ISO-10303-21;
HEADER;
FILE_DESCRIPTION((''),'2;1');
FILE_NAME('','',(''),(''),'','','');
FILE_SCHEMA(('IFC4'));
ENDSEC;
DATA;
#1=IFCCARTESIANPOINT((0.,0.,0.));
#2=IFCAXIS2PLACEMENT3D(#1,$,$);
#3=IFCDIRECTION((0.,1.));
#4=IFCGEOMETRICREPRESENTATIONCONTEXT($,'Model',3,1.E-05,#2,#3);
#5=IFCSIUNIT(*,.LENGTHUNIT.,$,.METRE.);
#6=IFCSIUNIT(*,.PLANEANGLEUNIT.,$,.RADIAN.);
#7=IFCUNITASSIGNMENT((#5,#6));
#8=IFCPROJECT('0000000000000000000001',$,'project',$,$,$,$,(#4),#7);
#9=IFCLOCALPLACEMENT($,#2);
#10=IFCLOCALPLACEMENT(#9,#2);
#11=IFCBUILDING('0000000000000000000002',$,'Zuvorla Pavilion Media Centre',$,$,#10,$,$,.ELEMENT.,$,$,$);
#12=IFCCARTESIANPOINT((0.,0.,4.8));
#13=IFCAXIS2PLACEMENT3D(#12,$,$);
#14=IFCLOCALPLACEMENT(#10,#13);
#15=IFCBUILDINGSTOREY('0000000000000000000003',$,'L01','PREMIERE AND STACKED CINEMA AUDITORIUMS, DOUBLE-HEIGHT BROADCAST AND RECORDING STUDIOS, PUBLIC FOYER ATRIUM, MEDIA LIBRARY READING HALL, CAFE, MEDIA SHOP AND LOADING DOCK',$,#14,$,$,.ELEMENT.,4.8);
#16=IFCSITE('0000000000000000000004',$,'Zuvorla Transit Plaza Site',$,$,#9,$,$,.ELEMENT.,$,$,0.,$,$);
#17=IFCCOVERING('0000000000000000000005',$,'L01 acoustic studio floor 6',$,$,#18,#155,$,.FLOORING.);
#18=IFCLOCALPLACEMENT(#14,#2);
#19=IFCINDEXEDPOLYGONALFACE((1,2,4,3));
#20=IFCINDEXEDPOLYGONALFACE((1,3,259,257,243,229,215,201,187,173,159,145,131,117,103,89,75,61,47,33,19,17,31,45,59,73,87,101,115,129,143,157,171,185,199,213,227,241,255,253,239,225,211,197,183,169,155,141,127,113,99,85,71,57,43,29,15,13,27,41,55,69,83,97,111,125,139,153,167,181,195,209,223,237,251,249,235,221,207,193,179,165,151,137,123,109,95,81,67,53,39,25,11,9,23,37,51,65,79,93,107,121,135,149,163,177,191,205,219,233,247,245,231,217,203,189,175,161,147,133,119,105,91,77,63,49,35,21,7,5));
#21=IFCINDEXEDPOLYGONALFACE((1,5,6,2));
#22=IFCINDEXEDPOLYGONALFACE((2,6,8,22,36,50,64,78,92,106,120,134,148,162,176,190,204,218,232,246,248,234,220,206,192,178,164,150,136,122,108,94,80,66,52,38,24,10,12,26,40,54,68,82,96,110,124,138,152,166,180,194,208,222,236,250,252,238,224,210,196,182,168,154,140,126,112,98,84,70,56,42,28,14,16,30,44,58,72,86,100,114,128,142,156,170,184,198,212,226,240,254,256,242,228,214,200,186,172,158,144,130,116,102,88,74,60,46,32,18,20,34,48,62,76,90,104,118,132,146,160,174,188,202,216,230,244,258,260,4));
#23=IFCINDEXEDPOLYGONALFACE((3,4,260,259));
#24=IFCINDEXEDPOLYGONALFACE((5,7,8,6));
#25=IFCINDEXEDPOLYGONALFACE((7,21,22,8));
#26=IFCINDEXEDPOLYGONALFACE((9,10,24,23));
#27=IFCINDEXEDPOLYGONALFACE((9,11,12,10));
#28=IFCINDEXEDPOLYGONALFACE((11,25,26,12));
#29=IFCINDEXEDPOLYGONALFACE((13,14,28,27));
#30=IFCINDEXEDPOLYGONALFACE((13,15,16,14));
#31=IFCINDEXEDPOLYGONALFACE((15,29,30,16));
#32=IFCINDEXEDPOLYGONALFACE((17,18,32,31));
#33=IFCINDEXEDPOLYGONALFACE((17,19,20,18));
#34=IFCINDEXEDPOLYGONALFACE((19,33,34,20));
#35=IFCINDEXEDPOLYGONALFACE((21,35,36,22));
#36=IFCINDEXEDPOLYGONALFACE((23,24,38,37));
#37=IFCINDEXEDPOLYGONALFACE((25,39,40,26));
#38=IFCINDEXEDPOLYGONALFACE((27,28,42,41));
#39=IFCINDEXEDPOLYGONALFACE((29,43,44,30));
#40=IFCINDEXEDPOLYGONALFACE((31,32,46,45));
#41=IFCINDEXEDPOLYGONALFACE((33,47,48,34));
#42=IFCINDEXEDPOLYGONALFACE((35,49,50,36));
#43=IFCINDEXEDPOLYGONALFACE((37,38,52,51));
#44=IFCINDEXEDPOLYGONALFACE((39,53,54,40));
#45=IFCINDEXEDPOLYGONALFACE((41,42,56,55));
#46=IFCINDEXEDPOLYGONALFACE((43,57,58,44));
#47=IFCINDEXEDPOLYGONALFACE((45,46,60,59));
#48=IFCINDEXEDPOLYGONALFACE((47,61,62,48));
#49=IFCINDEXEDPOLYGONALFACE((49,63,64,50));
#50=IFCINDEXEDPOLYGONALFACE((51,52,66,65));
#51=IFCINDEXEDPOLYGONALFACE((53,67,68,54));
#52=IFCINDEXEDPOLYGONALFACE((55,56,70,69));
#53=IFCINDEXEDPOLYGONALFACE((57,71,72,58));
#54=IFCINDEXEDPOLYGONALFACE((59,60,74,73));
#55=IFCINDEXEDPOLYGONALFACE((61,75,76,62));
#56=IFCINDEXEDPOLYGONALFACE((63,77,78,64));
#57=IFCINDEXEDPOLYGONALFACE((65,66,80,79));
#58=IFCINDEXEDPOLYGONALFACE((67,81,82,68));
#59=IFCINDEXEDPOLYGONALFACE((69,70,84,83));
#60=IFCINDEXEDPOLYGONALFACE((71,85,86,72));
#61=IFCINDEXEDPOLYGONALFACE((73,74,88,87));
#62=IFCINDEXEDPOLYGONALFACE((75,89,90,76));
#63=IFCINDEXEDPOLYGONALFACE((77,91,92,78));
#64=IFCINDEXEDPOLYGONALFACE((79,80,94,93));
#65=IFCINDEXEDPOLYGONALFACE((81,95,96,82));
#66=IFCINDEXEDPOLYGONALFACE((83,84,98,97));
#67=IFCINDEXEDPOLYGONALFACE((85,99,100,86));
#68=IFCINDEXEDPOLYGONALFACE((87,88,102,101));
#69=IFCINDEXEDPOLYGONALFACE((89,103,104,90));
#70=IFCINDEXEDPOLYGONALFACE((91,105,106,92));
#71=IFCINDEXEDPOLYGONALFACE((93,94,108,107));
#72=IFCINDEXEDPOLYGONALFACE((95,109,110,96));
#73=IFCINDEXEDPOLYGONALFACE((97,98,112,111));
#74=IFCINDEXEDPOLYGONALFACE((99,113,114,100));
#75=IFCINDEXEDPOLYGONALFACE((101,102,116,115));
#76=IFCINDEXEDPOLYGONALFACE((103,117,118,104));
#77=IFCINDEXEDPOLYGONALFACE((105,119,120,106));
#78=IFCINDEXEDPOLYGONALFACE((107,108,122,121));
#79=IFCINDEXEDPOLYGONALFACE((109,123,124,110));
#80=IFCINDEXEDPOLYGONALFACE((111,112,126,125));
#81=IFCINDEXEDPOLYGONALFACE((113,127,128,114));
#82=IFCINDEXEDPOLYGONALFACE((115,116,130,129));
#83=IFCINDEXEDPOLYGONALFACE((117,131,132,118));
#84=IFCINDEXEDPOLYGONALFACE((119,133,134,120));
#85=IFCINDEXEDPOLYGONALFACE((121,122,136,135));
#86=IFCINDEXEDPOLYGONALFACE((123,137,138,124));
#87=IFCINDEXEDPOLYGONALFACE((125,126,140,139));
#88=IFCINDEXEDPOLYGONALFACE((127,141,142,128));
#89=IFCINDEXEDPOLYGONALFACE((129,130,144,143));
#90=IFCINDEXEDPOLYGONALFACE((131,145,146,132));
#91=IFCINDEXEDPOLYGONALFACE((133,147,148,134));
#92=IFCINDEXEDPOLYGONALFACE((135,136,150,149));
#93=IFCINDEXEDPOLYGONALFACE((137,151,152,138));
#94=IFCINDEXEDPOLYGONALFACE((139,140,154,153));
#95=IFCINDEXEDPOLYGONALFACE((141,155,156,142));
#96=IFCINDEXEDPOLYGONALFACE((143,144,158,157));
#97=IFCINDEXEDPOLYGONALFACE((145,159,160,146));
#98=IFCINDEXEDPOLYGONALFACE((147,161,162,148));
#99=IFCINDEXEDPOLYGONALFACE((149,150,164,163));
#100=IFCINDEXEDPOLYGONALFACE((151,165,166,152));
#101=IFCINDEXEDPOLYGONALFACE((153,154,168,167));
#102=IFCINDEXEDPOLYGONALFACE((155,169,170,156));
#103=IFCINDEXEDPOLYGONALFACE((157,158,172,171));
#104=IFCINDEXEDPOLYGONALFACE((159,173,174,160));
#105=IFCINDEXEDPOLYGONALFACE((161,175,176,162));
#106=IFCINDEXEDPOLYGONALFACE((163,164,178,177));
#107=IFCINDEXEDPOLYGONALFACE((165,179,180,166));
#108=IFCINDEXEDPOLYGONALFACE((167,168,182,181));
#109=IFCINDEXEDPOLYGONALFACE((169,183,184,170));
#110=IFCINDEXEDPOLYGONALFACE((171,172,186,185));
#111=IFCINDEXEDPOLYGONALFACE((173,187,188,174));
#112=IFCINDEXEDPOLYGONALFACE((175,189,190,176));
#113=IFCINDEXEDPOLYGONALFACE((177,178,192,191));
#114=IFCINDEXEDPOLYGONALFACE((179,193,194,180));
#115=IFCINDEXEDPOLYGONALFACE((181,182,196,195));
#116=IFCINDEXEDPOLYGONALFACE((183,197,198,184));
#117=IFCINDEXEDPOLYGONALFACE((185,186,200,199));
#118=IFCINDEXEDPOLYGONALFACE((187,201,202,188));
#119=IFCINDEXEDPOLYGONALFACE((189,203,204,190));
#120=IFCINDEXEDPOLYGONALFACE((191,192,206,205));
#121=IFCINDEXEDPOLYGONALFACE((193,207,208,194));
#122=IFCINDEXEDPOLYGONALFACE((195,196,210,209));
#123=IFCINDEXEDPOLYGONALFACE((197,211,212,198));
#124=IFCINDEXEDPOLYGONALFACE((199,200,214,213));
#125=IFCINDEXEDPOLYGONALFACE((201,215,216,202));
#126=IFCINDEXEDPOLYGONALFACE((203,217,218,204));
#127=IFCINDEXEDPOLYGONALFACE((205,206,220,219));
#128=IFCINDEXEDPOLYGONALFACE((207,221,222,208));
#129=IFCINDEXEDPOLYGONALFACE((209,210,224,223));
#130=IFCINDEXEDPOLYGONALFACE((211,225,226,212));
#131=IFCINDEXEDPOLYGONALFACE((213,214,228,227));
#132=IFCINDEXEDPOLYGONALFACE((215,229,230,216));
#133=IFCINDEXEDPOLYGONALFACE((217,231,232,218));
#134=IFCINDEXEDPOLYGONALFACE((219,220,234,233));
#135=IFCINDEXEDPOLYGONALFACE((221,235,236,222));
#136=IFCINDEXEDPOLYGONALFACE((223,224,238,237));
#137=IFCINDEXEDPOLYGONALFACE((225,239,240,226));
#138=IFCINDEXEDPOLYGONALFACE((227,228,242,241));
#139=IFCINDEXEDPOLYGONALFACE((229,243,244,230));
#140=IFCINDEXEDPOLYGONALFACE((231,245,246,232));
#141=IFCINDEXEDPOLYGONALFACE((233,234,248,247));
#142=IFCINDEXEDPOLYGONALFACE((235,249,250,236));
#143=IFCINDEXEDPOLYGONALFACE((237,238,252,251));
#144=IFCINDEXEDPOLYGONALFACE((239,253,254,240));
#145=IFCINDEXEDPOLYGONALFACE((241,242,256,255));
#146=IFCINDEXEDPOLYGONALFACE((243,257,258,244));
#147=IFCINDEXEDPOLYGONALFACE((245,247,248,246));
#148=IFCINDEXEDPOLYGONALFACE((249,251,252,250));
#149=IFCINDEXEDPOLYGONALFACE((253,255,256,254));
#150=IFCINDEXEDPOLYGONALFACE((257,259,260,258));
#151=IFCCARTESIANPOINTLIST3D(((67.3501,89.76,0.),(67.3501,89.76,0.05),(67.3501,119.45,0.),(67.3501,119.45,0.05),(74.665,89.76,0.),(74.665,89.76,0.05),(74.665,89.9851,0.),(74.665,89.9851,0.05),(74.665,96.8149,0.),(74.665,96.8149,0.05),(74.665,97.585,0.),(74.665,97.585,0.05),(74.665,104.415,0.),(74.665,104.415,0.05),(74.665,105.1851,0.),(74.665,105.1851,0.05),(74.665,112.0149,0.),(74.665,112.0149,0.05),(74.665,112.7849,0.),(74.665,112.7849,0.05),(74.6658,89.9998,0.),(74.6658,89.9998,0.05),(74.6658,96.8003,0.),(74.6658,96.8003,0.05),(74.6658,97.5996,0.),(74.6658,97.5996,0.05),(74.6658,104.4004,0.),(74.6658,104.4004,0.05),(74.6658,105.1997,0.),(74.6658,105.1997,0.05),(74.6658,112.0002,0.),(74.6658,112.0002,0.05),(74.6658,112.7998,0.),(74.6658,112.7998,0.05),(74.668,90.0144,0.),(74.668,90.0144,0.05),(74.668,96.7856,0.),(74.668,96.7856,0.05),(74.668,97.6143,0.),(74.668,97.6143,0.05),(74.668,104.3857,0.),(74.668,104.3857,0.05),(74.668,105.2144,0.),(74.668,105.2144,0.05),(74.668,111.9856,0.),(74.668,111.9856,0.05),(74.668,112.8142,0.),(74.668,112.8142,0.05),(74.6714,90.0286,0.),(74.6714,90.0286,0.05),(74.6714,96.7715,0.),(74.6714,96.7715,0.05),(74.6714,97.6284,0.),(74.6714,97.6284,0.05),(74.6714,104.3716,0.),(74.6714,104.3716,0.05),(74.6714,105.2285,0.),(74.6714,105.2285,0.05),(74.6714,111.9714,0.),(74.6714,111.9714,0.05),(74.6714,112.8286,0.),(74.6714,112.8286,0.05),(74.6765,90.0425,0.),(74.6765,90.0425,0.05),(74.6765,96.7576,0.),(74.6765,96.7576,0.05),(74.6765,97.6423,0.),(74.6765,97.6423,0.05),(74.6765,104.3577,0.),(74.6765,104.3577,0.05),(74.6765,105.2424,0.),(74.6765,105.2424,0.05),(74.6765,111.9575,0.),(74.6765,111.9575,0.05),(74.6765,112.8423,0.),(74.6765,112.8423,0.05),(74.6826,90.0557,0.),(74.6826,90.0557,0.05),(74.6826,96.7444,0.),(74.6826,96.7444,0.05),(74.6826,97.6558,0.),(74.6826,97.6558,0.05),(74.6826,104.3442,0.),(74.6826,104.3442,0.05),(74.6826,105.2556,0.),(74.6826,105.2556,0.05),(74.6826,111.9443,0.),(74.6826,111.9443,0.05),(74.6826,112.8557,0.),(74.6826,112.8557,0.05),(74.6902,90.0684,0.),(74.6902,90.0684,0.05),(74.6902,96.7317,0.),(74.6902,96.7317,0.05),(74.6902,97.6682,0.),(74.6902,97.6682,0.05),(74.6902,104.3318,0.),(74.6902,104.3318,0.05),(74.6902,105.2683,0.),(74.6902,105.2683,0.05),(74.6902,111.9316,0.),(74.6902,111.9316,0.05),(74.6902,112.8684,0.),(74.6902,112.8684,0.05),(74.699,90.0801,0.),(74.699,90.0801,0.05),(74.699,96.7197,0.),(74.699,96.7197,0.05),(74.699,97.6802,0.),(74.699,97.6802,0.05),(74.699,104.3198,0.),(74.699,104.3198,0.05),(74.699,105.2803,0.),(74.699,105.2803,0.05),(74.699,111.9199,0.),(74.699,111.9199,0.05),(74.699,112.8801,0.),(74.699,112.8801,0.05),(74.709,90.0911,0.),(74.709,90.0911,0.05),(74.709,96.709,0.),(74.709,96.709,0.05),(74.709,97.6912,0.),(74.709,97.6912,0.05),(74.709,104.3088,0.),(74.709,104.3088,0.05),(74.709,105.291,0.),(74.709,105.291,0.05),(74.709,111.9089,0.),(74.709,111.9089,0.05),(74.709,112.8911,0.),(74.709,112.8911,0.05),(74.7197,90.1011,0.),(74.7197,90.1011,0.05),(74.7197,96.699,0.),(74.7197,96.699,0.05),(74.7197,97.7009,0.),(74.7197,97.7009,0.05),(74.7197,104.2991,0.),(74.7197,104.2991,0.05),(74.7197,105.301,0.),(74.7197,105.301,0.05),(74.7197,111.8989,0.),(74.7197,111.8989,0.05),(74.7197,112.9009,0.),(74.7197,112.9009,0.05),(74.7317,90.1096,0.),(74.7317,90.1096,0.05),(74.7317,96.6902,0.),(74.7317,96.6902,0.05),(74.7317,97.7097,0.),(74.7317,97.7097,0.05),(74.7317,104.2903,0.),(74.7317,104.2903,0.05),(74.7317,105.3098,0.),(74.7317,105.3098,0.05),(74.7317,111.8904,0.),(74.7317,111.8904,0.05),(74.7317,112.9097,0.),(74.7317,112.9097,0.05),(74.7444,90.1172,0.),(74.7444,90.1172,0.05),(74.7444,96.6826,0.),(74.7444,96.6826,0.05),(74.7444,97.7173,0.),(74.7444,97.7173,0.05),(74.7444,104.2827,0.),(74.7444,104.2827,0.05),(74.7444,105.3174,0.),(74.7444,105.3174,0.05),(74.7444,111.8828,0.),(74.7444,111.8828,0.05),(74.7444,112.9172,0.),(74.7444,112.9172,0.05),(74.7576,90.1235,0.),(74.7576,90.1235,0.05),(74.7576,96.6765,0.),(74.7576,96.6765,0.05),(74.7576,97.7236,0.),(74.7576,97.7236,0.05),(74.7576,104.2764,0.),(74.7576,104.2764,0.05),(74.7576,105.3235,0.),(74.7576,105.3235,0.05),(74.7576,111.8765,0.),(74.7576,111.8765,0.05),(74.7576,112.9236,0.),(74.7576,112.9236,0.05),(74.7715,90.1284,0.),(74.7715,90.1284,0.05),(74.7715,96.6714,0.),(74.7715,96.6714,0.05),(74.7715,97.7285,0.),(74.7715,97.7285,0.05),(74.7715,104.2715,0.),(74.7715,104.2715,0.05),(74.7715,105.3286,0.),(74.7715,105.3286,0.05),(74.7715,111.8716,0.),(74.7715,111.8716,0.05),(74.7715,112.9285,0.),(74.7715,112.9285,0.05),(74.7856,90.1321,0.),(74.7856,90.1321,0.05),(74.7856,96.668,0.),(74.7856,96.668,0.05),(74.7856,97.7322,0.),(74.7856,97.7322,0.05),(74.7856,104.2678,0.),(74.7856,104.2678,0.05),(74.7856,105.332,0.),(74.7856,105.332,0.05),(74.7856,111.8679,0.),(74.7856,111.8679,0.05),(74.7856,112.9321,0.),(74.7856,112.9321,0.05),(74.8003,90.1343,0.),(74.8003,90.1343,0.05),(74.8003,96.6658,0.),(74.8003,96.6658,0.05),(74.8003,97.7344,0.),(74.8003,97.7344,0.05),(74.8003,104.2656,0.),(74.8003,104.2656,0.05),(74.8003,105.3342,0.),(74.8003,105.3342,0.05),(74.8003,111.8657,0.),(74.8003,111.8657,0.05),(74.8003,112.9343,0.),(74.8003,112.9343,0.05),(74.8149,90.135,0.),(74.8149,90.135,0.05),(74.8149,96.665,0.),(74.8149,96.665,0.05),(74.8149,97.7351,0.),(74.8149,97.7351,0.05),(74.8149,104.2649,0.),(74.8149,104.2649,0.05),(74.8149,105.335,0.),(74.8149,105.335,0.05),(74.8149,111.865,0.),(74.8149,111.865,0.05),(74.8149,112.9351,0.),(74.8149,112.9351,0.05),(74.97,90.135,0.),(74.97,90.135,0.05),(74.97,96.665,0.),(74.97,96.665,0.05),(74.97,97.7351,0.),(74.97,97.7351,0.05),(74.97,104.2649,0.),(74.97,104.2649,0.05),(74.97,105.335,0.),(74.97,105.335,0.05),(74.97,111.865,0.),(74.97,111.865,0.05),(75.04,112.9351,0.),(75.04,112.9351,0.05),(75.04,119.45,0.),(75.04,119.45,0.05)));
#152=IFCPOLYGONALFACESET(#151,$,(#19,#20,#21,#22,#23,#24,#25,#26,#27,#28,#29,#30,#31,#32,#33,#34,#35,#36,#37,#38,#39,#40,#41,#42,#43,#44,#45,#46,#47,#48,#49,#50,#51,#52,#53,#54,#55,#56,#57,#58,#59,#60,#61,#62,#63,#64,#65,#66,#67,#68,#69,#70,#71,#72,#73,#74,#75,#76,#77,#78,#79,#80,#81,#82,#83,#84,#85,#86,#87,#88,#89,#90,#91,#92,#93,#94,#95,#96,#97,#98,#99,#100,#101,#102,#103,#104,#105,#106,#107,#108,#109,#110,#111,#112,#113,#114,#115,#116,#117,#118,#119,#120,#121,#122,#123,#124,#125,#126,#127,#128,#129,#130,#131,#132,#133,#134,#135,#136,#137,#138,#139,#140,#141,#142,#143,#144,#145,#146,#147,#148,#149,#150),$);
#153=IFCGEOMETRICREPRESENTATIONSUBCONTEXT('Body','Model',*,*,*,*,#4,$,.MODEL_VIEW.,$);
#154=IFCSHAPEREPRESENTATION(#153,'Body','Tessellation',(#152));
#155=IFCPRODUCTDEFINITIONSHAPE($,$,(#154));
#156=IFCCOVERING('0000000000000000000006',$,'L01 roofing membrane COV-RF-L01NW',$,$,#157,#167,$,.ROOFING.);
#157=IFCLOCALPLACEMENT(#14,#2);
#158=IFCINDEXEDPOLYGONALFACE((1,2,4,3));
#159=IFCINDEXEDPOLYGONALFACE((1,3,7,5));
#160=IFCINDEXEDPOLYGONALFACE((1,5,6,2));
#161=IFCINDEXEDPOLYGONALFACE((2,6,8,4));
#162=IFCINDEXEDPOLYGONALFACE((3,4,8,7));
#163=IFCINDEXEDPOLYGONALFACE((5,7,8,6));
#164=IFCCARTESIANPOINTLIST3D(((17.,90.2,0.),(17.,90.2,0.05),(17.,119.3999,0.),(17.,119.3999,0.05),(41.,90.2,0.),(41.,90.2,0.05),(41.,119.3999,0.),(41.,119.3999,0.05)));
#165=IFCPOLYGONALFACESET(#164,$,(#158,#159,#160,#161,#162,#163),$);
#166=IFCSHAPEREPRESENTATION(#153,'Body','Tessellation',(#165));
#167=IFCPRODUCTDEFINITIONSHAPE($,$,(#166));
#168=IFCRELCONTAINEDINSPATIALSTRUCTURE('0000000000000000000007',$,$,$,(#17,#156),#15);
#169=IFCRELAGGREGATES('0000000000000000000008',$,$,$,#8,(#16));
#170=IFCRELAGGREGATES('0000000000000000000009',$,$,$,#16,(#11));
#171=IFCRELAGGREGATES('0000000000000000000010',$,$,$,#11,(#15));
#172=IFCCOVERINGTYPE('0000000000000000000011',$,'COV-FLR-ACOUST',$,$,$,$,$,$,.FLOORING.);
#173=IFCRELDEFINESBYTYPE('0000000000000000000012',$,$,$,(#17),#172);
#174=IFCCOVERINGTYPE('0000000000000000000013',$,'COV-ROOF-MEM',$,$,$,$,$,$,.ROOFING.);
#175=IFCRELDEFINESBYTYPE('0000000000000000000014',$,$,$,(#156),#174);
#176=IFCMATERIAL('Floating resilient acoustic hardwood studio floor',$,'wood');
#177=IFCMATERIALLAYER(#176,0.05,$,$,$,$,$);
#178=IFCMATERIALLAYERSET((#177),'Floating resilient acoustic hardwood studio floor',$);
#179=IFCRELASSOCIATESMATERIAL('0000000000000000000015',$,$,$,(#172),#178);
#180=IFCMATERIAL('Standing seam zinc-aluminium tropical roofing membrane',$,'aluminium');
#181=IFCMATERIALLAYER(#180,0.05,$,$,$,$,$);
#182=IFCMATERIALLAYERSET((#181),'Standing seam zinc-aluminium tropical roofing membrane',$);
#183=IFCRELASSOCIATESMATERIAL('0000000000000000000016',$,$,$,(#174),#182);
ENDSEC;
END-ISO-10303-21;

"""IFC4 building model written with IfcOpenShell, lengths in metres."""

from ifc_helpers import new_model, si_unit, direction, frame, origin, place, context, subcontext, project, spatial, polyline, outline, extrude, material, layer, layer_set, type_object, element, save


model = new_model("IFC4")

# Units and contexts
model_context = context("Model", 3, precision=1e-05, world=origin(), true_north=direction((0.0, 1.0)))
body_context = subcontext(model_context, "Body", "Model", "MODEL_VIEW")
ifc_project = project(units=[si_unit("LENGTHUNIT", "METRE"), si_unit("PLANEANGLEUNIT", "RADIAN")], contexts=[model_context])

# Site, building, storey
site_placement = place(None, origin())
site = spatial("IfcSite", under=ifc_project, at=site_placement, Name="Zuvorla Transit Plaza Site", CompositionType="ELEMENT", RefElevation=0.0)
building_placement = place(site_placement, origin())
building = spatial("IfcBuilding", under=site, at=building_placement, Name="Zuvorla Pavilion Media Centre", CompositionType="ELEMENT")
storey_placement = place(building_placement, frame((0.0, 0.0, 4.8)))
storey = spatial("IfcBuildingStorey", under=building, at=storey_placement, Name="L01", Description="PREMIERE AND STACKED CINEMA AUDITORIUMS, DOUBLE-HEIGHT BROADCAST AND RECORDING STUDIOS, PUBLIC FOYER ATRIUM, MEDIA LIBRARY READING HALL, CAFE, MEDIA SHOP AND LOADING DOCK", CompositionType="ELEMENT", Elevation=4.8)

# Coverings
ifc_material_1 = material(Name="Floating resilient acoustic hardwood studio floor", Category="wood")
ifc_layer_1 = layer(ifc_material_1, 0.05)
ifc_layer_set_1 = layer_set([ifc_layer_1], Name="Floating resilient acoustic hardwood studio floor")
covering_type_1 = type_object("IfcCoveringType", Name="COV-FLR-ACOUST", PredefinedType="FLOORING", material=ifc_layer_set_1)
covering_1_placement = place(storey_placement, origin())
element("IfcCovering", 1, at=covering_1_placement, inside=storey, type_object=covering_type_1, Name="L01 acoustic studio floor 6", PredefinedType="FLOORING", context=body_context, shape_type="SweptSolid", body=[
    extrude(outline(polyline([(75.04, 119.45), (75.04, 112.9351), (74.8149, 112.9351), (74.8003, 112.9343), (74.7856, 112.9321), (74.7715, 112.9285), (74.7576, 112.9236), (74.7444, 112.9172), (74.7317, 112.9097), (74.7197, 112.9009), (74.709, 112.8911), (74.699, 112.8801), (74.6902, 112.8684), (74.6826, 112.8557), (74.6765, 112.8423), (74.6714, 112.8286), (74.668, 112.8142), (74.6658, 112.7998), (74.665, 112.7849), (74.665, 112.0149), (74.6658, 112.0002), (74.668, 111.9856), (74.6714, 111.9714), (74.6765, 111.9575), (74.6826, 111.9443), (74.6902, 111.9316), (74.699, 111.9199), (74.709, 111.9089), (74.7197, 111.8989), (74.7317, 111.8904), (74.7444, 111.8828), (74.7576, 111.8765), (74.7715, 111.8716), (74.7856, 111.8679), (74.8003, 111.8657), (74.8149, 111.865), (74.97, 111.865), (74.97, 105.335), (74.8149, 105.335), (74.8003, 105.3342), (74.7856, 105.332), (74.7715, 105.3286), (74.7576, 105.3235), (74.7444, 105.3174), (74.7317, 105.3098), (74.7197, 105.301), (74.709, 105.291), (74.699, 105.2803), (74.6902, 105.2683), (74.6826, 105.2556), (74.6765, 105.2424), (74.6714, 105.2285), (74.668, 105.2144), (74.6658, 105.1997), (74.665, 105.1851), (74.665, 104.415), (74.6658, 104.4004), (74.668, 104.3857), (74.6714, 104.3716), (74.6765, 104.3577), (74.6826, 104.3442), (74.6902, 104.3318), (74.699, 104.3198), (74.709, 104.3088), (74.7197, 104.2991), (74.7317, 104.2903), (74.7444, 104.2827), (74.7576, 104.2764), (74.7715, 104.2715), (74.7856, 104.2678), (74.8003, 104.2656), (74.8149, 104.2649), (74.97, 104.2649), (74.97, 97.7351), (74.8149, 97.7351), (74.8003, 97.7344), (74.7856, 97.7322), (74.7715, 97.7285), (74.7576, 97.7236), (74.7444, 97.7173), (74.7317, 97.7097), (74.7197, 97.7009), (74.709, 97.6912), (74.699, 97.6802), (74.6902, 97.6682), (74.6826, 97.6558), (74.6765, 97.6423), (74.6714, 97.6284), (74.668, 97.6143), (74.6658, 97.5996), (74.665, 97.585), (74.665, 96.8149), (74.6658, 96.8003), (74.668, 96.7856), (74.6714, 96.7715), (74.6765, 96.7576), (74.6826, 96.7444), (74.6902, 96.7317), (74.699, 96.7197), (74.709, 96.709), (74.7197, 96.699), (74.7317, 96.6902), (74.7444, 96.6826), (74.7576, 96.6765), (74.7715, 96.6714), (74.7856, 96.668), (74.8003, 96.6658), (74.8149, 96.665), (74.97, 96.665), (74.97, 90.135), (74.8149, 90.135), (74.8003, 90.1343), (74.7856, 90.1321), (74.7715, 90.1284), (74.7576, 90.1235), (74.7444, 90.1172), (74.7317, 90.1096), (74.7197, 90.1011), (74.709, 90.0911), (74.699, 90.0801), (74.6902, 90.0684), (74.6826, 90.0557), (74.6765, 90.0425), (74.6714, 90.0286), (74.668, 90.0144), (74.6658, 89.9998), (74.665, 89.9851), (74.665, 89.76), (67.3501, 89.76), (67.3501, 119.45), (75.04, 119.45)])), origin(), (0.0, 0.0, 1.0), 0.05),
])
ifc_material_2 = material(Name="Standing seam zinc-aluminium tropical roofing membrane", Category="aluminium")
ifc_layer_2 = layer(ifc_material_2, 0.05)
ifc_layer_set_2 = layer_set([ifc_layer_2], Name="Standing seam zinc-aluminium tropical roofing membrane")
covering_type_2 = type_object("IfcCoveringType", Name="COV-ROOF-MEM", PredefinedType="ROOFING", material=ifc_layer_set_2)
covering_2_placement = place(storey_placement, origin())
element("IfcCovering", 2, at=covering_2_placement, inside=storey, type_object=covering_type_2, Name="L01 roofing membrane COV-RF-L01NW", PredefinedType="ROOFING", context=body_context, shape_type="SweptSolid", body=[
    extrude(outline(polyline([(17.0, 90.2), (41.0, 90.2), (41.0, 119.3999), (17.0, 119.3999), (17.0, 90.2)])), origin(), (0.0, 0.0, 1.0), 0.05),
])

save(model, "model.ifc")
